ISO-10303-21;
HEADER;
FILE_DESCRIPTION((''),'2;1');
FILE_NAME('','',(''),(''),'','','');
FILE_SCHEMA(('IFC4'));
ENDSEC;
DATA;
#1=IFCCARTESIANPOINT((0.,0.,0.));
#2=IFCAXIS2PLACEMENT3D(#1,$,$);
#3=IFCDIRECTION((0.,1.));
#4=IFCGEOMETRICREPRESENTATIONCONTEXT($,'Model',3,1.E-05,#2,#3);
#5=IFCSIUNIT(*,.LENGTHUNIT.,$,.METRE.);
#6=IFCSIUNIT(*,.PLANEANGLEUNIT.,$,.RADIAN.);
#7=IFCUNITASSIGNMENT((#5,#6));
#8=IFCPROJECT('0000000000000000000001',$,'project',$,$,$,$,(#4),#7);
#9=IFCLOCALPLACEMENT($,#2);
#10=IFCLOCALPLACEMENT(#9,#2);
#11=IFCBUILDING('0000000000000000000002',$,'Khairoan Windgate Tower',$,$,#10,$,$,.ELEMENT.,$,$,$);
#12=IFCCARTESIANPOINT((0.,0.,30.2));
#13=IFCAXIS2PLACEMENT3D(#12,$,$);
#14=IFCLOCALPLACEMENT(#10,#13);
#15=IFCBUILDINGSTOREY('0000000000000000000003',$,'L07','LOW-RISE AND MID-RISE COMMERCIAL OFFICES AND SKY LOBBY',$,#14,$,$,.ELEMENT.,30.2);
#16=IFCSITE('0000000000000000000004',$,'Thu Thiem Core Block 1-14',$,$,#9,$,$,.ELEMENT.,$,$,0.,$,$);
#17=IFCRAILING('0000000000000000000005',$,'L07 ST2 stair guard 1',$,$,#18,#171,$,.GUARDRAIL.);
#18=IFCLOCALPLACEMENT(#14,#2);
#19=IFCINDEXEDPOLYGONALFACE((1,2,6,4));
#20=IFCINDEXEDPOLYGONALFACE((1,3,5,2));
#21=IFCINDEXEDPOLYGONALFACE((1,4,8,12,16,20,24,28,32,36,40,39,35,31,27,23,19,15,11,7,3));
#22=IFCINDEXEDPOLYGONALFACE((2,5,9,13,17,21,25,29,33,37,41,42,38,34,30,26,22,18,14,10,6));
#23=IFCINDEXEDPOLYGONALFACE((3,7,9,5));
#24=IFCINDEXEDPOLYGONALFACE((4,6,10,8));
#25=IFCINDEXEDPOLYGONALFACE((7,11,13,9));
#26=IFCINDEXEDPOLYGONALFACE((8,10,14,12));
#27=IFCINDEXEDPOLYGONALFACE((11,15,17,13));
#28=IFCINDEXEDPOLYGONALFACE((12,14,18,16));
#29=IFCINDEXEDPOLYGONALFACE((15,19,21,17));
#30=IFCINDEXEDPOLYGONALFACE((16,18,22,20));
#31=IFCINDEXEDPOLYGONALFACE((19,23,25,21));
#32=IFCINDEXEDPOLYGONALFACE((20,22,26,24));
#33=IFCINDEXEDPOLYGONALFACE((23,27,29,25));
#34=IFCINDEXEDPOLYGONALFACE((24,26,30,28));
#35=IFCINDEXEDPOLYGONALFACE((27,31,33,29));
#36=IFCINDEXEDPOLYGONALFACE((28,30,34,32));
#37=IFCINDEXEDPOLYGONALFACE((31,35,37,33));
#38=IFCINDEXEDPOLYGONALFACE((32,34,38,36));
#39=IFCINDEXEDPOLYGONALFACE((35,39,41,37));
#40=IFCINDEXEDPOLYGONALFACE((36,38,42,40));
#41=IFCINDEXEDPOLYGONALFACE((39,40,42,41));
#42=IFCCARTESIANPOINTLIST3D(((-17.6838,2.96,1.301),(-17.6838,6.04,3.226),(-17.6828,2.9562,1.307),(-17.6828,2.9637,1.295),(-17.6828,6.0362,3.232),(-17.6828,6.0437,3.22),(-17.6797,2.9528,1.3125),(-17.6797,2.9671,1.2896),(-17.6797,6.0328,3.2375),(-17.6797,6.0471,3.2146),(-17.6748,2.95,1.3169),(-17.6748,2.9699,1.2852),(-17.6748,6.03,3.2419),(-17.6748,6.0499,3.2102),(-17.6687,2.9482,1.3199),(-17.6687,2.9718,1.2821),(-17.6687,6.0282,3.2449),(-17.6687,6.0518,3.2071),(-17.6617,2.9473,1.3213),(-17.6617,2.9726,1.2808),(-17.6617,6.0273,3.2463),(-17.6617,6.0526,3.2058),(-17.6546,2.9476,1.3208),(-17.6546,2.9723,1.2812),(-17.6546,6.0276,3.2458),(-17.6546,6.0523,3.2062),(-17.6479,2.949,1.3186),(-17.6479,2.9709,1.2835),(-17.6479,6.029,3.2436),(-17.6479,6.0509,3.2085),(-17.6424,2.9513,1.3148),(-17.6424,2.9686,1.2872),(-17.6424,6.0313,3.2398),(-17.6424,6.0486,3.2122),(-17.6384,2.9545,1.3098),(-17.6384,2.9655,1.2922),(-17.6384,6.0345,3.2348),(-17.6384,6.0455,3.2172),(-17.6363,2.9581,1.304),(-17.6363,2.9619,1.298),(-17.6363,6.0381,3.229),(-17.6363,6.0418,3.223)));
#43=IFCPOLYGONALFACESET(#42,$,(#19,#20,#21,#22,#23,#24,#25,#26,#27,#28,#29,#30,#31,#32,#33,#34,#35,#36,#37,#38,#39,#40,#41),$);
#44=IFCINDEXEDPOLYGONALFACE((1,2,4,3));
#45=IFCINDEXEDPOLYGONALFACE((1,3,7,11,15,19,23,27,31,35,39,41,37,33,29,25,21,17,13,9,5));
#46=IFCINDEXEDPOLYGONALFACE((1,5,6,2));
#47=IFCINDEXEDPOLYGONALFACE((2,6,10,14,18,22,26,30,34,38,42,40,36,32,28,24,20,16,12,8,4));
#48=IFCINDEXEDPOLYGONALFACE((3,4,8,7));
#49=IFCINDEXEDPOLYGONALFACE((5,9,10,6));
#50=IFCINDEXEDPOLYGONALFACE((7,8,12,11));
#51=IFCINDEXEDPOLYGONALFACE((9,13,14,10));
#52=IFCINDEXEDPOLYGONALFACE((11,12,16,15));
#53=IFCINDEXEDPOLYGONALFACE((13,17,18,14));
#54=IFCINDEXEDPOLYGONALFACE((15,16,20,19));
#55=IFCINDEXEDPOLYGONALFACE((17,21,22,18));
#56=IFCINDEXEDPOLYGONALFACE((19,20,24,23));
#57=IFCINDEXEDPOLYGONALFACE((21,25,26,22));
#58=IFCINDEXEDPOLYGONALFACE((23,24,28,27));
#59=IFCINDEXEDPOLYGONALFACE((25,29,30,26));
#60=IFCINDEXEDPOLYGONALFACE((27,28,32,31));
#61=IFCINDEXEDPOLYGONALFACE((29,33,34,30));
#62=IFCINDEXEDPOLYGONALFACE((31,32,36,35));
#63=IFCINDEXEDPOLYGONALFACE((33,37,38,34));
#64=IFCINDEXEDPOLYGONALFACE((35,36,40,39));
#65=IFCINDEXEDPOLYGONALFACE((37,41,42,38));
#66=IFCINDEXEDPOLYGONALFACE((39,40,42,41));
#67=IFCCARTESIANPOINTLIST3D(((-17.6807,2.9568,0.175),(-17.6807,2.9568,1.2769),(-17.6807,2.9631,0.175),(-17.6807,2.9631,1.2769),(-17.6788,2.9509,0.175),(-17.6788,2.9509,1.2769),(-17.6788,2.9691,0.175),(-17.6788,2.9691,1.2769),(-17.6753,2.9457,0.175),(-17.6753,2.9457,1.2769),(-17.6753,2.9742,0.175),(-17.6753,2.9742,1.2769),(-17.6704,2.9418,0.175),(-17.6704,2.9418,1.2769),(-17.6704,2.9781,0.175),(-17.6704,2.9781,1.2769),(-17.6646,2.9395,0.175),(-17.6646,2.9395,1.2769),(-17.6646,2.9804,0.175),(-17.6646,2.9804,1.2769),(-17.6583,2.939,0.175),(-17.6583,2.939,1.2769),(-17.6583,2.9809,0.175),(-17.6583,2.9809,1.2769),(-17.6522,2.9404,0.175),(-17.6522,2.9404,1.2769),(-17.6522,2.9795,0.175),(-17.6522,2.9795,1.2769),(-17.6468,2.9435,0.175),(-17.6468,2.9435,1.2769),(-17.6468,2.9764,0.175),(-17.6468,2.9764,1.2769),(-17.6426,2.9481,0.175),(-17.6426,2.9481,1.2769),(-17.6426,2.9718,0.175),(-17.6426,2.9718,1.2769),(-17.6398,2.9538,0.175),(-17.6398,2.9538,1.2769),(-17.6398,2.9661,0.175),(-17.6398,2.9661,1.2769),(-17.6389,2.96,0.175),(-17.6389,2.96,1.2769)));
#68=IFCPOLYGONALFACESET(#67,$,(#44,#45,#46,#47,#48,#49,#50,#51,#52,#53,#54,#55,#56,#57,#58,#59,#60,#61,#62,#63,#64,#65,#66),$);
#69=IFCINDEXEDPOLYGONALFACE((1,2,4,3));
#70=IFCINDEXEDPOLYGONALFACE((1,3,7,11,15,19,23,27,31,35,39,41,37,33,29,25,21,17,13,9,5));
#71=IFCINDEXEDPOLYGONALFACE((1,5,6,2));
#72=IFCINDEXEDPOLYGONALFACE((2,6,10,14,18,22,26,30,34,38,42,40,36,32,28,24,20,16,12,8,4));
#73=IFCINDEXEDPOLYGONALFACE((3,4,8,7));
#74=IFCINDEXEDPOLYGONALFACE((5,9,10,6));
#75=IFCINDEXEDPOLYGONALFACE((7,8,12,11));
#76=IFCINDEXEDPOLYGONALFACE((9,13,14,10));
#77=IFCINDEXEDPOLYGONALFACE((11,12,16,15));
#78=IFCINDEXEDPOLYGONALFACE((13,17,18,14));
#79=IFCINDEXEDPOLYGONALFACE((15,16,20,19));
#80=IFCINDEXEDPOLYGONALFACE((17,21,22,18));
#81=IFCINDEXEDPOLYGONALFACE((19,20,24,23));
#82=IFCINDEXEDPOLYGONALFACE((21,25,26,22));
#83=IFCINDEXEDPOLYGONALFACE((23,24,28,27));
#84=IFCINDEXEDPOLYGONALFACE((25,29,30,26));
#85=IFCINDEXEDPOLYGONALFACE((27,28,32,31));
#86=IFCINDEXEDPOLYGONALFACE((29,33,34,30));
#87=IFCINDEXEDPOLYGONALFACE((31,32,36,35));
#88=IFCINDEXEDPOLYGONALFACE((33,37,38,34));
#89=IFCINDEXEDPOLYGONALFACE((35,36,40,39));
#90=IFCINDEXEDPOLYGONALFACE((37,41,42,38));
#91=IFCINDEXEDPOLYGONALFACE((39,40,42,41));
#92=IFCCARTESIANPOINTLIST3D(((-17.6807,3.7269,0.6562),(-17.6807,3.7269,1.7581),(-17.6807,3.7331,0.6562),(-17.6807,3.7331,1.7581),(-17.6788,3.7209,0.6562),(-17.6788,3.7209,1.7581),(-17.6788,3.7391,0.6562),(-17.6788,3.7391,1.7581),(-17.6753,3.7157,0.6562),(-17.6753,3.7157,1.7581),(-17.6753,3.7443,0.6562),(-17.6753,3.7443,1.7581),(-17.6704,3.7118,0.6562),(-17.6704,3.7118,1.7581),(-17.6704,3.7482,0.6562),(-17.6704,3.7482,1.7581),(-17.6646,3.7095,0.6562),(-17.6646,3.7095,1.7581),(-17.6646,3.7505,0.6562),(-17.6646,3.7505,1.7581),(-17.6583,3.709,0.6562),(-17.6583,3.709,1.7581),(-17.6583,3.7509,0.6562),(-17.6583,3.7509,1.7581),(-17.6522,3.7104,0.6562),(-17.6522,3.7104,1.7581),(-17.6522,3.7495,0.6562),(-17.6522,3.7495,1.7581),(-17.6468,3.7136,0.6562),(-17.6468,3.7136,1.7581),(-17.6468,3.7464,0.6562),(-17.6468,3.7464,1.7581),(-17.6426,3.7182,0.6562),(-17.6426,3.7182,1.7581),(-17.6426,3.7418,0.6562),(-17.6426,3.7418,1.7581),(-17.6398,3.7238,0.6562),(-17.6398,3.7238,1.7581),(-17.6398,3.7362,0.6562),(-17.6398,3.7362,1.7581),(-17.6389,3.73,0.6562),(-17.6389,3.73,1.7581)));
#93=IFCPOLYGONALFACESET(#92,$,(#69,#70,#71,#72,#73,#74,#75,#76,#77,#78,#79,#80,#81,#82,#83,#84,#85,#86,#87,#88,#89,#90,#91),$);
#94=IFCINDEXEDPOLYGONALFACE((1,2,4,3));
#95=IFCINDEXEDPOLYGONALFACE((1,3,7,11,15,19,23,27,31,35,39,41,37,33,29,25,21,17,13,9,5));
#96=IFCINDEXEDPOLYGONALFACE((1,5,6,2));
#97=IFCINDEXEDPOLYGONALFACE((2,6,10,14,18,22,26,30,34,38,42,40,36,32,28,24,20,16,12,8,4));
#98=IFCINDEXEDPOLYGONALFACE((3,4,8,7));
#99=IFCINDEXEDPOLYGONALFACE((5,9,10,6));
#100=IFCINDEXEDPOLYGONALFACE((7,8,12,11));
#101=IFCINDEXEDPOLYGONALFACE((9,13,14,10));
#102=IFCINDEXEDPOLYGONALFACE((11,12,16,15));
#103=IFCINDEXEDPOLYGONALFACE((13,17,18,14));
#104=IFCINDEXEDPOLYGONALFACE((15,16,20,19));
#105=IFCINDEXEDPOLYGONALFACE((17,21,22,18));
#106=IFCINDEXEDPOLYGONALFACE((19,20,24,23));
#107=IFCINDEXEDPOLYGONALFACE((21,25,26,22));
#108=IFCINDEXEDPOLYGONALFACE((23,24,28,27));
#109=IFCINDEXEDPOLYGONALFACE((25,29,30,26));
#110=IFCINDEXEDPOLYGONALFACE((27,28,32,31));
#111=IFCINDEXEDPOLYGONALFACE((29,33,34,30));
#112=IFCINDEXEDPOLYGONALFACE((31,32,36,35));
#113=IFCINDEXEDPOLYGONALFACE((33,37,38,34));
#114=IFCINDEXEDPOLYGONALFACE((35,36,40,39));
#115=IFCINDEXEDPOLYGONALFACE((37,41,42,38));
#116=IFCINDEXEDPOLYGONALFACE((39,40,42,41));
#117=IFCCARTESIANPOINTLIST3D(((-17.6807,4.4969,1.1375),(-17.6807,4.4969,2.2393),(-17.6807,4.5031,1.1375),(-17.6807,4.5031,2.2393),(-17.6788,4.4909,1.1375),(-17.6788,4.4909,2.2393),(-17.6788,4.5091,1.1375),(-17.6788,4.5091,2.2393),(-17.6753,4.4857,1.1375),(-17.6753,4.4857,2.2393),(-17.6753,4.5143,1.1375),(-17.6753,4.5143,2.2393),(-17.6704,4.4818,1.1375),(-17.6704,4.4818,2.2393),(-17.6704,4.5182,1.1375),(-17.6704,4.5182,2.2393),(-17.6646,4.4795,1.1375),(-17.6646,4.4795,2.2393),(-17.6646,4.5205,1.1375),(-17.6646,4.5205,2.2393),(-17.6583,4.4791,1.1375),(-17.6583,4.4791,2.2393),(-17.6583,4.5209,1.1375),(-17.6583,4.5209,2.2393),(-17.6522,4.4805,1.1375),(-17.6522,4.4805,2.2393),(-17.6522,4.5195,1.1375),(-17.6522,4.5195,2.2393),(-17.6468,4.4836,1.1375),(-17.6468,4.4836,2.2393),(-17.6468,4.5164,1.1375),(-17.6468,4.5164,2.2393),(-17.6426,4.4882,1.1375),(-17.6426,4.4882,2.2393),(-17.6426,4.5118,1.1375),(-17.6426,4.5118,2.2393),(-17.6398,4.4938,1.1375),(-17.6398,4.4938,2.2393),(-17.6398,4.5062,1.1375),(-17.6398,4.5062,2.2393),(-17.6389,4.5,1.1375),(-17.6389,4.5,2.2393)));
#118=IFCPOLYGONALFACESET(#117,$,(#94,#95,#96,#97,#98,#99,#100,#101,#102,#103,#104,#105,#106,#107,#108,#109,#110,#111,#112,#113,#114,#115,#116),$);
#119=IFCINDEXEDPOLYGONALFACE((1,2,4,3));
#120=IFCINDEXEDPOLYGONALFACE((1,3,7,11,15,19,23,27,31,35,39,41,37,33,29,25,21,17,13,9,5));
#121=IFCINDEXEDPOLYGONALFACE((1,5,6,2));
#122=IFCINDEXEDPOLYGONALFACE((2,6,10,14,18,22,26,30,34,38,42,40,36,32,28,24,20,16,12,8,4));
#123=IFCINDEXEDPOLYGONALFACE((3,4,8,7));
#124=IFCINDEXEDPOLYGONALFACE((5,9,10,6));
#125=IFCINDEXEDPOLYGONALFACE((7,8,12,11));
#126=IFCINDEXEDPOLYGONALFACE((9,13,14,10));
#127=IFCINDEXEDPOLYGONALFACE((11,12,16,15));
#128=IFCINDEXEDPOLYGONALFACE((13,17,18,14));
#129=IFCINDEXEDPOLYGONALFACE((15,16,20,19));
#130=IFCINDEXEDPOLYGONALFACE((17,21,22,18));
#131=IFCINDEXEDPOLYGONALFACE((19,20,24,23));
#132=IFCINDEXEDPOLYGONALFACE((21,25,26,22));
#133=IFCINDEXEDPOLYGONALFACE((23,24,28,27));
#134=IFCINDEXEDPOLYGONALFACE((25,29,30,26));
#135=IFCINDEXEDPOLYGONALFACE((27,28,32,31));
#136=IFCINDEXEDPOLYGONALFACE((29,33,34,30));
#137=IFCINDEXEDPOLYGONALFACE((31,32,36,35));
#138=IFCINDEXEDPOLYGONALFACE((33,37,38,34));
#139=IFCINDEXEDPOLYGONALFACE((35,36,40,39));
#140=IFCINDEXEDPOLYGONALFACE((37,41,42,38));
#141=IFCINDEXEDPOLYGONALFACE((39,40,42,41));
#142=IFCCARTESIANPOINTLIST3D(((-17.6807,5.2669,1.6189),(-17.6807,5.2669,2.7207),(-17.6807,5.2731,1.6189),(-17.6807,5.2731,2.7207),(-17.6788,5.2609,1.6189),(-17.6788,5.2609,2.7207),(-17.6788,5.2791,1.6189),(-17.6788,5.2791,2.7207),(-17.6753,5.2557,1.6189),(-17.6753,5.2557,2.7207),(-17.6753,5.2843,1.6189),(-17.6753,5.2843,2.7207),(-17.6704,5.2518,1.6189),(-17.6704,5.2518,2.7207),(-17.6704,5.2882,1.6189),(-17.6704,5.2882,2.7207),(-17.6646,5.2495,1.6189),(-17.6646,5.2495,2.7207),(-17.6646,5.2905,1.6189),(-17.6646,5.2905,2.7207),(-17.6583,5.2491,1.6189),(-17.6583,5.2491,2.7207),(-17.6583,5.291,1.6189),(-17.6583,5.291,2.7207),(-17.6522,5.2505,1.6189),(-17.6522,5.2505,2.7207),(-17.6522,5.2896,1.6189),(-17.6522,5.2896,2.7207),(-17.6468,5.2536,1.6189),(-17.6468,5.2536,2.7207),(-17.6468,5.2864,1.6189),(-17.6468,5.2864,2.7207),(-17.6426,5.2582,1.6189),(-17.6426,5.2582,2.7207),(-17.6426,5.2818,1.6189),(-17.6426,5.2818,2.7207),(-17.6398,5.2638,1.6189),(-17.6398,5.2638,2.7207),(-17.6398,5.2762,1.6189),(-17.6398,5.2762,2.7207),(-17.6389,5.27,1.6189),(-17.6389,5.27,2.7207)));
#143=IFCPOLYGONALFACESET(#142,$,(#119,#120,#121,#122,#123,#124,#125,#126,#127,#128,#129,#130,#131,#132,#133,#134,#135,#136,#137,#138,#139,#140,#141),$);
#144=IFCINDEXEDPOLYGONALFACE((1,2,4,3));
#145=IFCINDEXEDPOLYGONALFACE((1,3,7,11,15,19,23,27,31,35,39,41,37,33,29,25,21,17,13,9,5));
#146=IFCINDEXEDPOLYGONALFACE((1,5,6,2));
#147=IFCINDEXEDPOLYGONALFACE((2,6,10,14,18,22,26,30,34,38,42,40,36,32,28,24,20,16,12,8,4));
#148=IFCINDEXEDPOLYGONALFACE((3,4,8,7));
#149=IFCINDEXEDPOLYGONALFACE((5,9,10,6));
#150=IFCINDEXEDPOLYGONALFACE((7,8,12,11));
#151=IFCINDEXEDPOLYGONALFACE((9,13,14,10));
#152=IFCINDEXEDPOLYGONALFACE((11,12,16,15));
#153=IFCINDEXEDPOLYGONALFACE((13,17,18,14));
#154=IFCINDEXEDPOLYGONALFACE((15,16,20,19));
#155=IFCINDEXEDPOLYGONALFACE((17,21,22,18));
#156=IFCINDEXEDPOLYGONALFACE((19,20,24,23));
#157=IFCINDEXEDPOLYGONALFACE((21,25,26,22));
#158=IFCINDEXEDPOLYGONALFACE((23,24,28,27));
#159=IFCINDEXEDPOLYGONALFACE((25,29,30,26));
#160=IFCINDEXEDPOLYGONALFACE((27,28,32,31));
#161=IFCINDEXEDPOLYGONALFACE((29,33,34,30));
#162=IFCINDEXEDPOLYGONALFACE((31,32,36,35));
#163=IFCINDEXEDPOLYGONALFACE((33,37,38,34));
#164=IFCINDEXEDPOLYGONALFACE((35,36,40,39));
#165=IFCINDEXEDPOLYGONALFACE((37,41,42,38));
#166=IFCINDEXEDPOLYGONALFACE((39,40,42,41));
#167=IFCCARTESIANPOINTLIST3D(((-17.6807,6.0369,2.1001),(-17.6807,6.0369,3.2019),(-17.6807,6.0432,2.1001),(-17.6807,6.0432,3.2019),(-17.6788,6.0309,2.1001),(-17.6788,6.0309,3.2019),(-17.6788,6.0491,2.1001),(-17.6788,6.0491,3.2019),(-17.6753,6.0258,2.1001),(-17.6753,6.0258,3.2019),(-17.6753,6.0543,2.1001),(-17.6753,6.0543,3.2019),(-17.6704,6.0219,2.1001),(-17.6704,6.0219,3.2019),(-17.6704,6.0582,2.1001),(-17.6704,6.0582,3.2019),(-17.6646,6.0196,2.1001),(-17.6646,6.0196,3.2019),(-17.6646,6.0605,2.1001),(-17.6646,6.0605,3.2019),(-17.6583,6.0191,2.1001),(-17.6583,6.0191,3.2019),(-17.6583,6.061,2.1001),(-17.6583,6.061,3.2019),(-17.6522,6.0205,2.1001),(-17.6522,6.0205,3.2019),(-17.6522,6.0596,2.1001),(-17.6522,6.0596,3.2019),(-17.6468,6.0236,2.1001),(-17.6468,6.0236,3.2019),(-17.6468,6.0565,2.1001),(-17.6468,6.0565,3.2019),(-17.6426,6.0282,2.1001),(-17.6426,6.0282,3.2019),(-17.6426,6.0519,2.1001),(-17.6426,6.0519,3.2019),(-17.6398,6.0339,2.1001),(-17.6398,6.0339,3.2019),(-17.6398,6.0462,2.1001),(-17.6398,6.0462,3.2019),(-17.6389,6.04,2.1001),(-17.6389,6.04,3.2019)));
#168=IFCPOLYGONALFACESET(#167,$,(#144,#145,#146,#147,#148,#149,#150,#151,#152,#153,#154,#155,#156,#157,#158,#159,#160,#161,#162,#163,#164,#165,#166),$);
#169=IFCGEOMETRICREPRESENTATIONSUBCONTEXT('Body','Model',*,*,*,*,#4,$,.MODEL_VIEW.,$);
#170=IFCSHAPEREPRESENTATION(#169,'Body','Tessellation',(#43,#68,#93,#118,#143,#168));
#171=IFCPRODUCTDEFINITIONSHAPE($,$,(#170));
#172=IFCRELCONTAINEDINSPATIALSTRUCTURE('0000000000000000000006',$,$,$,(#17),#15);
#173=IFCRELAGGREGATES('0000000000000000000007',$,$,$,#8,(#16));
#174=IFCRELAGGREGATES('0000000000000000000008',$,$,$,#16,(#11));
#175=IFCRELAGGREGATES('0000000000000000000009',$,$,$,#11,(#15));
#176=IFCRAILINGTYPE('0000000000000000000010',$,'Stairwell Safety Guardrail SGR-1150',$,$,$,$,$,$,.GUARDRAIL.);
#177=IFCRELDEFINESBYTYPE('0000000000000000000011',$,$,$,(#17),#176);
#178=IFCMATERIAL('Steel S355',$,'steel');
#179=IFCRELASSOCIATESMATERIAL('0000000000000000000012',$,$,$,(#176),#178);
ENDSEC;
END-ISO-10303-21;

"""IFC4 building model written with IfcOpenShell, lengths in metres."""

from ifc_helpers import new_model, si_unit, direction, frame, origin, origin_2d, place, context, subcontext, project, spatial, circle, extrude, material, type_object, element, save


model = new_model("IFC4")

# Units and contexts
model_context = context("Model", 3, precision=1e-05, world=origin(), true_north=direction((0.0, 1.0)))
body_context = subcontext(model_context, "Body", "Model", "MODEL_VIEW")
ifc_project = project(units=[si_unit("LENGTHUNIT", "METRE"), si_unit("PLANEANGLEUNIT", "RADIAN")], contexts=[model_context])

# Site, building, storey
site_placement = place(None, origin())
site = spatial("IfcSite", under=ifc_project, at=site_placement, Name="Thu Thiem Core Block 1-14", CompositionType="ELEMENT", RefElevation=0.0)
building_placement = place(site_placement, origin())
building = spatial("IfcBuilding", under=site, at=building_placement, Name="Khairoan Windgate Tower", CompositionType="ELEMENT")
storey_placement = place(building_placement, frame((0.0, 0.0, 30.2)))
storey = spatial("IfcBuildingStorey", under=building, at=storey_placement, Name="L07", Description="LOW-RISE AND MID-RISE COMMERCIAL OFFICES AND SKY LOBBY", CompositionType="ELEMENT", Elevation=30.2)

# Railing
ifc_material_1 = material(Name="Steel S355", Category="steel")
railing_type_1 = type_object("IfcRailingType", Name="Stairwell Safety Guardrail SGR-1150", PredefinedType="GUARDRAIL", material=ifc_material_1)
railing_1_placement = place(storey_placement, frame((-17.6599, 2.96, 0.175)))
element("IfcRailing", 1, at=railing_1_placement, inside=storey, type_object=railing_type_1, Name="L07 ST2 stair guard 1", PredefinedType="GUARDRAIL", context=body_context, shape_type="SweptSolid", body=[
    extrude(circle(Radius=0.0239, at=origin_2d()), frame((0.0, 0.0, 1.126), z_axis=(0.0, 0.847998, 0.529999), x_axis=(-1.0, 0.0, 0.0)), (0.0, 0.0, 1.0), 3.6321),
    extrude(circle(Radius=0.021, at=origin_2d()), origin(), (0.0, 0.0, 1.0), 1.1018),
    extrude(circle(Radius=0.021, at=origin_2d()), frame((0.0, 0.77, 0.4812)), (0.0, 0.0, 1.0), 1.1018),
    extrude(circle(Radius=0.021, at=origin_2d()), frame((0.0, 1.54, 0.9624)), (0.0, 0.0, 1.0), 1.1018),
    extrude(circle(Radius=0.021, at=origin_2d()), frame((0.0, 2.3101, 1.4438)), (0.0, 0.0, 1.0), 1.1018),
    extrude(circle(Radius=0.021, at=origin_2d()), frame((0.0, 3.0801, 1.925)), (0.0, 0.0, 1.0), 1.1018),
])

save(model, "model.ifc")
